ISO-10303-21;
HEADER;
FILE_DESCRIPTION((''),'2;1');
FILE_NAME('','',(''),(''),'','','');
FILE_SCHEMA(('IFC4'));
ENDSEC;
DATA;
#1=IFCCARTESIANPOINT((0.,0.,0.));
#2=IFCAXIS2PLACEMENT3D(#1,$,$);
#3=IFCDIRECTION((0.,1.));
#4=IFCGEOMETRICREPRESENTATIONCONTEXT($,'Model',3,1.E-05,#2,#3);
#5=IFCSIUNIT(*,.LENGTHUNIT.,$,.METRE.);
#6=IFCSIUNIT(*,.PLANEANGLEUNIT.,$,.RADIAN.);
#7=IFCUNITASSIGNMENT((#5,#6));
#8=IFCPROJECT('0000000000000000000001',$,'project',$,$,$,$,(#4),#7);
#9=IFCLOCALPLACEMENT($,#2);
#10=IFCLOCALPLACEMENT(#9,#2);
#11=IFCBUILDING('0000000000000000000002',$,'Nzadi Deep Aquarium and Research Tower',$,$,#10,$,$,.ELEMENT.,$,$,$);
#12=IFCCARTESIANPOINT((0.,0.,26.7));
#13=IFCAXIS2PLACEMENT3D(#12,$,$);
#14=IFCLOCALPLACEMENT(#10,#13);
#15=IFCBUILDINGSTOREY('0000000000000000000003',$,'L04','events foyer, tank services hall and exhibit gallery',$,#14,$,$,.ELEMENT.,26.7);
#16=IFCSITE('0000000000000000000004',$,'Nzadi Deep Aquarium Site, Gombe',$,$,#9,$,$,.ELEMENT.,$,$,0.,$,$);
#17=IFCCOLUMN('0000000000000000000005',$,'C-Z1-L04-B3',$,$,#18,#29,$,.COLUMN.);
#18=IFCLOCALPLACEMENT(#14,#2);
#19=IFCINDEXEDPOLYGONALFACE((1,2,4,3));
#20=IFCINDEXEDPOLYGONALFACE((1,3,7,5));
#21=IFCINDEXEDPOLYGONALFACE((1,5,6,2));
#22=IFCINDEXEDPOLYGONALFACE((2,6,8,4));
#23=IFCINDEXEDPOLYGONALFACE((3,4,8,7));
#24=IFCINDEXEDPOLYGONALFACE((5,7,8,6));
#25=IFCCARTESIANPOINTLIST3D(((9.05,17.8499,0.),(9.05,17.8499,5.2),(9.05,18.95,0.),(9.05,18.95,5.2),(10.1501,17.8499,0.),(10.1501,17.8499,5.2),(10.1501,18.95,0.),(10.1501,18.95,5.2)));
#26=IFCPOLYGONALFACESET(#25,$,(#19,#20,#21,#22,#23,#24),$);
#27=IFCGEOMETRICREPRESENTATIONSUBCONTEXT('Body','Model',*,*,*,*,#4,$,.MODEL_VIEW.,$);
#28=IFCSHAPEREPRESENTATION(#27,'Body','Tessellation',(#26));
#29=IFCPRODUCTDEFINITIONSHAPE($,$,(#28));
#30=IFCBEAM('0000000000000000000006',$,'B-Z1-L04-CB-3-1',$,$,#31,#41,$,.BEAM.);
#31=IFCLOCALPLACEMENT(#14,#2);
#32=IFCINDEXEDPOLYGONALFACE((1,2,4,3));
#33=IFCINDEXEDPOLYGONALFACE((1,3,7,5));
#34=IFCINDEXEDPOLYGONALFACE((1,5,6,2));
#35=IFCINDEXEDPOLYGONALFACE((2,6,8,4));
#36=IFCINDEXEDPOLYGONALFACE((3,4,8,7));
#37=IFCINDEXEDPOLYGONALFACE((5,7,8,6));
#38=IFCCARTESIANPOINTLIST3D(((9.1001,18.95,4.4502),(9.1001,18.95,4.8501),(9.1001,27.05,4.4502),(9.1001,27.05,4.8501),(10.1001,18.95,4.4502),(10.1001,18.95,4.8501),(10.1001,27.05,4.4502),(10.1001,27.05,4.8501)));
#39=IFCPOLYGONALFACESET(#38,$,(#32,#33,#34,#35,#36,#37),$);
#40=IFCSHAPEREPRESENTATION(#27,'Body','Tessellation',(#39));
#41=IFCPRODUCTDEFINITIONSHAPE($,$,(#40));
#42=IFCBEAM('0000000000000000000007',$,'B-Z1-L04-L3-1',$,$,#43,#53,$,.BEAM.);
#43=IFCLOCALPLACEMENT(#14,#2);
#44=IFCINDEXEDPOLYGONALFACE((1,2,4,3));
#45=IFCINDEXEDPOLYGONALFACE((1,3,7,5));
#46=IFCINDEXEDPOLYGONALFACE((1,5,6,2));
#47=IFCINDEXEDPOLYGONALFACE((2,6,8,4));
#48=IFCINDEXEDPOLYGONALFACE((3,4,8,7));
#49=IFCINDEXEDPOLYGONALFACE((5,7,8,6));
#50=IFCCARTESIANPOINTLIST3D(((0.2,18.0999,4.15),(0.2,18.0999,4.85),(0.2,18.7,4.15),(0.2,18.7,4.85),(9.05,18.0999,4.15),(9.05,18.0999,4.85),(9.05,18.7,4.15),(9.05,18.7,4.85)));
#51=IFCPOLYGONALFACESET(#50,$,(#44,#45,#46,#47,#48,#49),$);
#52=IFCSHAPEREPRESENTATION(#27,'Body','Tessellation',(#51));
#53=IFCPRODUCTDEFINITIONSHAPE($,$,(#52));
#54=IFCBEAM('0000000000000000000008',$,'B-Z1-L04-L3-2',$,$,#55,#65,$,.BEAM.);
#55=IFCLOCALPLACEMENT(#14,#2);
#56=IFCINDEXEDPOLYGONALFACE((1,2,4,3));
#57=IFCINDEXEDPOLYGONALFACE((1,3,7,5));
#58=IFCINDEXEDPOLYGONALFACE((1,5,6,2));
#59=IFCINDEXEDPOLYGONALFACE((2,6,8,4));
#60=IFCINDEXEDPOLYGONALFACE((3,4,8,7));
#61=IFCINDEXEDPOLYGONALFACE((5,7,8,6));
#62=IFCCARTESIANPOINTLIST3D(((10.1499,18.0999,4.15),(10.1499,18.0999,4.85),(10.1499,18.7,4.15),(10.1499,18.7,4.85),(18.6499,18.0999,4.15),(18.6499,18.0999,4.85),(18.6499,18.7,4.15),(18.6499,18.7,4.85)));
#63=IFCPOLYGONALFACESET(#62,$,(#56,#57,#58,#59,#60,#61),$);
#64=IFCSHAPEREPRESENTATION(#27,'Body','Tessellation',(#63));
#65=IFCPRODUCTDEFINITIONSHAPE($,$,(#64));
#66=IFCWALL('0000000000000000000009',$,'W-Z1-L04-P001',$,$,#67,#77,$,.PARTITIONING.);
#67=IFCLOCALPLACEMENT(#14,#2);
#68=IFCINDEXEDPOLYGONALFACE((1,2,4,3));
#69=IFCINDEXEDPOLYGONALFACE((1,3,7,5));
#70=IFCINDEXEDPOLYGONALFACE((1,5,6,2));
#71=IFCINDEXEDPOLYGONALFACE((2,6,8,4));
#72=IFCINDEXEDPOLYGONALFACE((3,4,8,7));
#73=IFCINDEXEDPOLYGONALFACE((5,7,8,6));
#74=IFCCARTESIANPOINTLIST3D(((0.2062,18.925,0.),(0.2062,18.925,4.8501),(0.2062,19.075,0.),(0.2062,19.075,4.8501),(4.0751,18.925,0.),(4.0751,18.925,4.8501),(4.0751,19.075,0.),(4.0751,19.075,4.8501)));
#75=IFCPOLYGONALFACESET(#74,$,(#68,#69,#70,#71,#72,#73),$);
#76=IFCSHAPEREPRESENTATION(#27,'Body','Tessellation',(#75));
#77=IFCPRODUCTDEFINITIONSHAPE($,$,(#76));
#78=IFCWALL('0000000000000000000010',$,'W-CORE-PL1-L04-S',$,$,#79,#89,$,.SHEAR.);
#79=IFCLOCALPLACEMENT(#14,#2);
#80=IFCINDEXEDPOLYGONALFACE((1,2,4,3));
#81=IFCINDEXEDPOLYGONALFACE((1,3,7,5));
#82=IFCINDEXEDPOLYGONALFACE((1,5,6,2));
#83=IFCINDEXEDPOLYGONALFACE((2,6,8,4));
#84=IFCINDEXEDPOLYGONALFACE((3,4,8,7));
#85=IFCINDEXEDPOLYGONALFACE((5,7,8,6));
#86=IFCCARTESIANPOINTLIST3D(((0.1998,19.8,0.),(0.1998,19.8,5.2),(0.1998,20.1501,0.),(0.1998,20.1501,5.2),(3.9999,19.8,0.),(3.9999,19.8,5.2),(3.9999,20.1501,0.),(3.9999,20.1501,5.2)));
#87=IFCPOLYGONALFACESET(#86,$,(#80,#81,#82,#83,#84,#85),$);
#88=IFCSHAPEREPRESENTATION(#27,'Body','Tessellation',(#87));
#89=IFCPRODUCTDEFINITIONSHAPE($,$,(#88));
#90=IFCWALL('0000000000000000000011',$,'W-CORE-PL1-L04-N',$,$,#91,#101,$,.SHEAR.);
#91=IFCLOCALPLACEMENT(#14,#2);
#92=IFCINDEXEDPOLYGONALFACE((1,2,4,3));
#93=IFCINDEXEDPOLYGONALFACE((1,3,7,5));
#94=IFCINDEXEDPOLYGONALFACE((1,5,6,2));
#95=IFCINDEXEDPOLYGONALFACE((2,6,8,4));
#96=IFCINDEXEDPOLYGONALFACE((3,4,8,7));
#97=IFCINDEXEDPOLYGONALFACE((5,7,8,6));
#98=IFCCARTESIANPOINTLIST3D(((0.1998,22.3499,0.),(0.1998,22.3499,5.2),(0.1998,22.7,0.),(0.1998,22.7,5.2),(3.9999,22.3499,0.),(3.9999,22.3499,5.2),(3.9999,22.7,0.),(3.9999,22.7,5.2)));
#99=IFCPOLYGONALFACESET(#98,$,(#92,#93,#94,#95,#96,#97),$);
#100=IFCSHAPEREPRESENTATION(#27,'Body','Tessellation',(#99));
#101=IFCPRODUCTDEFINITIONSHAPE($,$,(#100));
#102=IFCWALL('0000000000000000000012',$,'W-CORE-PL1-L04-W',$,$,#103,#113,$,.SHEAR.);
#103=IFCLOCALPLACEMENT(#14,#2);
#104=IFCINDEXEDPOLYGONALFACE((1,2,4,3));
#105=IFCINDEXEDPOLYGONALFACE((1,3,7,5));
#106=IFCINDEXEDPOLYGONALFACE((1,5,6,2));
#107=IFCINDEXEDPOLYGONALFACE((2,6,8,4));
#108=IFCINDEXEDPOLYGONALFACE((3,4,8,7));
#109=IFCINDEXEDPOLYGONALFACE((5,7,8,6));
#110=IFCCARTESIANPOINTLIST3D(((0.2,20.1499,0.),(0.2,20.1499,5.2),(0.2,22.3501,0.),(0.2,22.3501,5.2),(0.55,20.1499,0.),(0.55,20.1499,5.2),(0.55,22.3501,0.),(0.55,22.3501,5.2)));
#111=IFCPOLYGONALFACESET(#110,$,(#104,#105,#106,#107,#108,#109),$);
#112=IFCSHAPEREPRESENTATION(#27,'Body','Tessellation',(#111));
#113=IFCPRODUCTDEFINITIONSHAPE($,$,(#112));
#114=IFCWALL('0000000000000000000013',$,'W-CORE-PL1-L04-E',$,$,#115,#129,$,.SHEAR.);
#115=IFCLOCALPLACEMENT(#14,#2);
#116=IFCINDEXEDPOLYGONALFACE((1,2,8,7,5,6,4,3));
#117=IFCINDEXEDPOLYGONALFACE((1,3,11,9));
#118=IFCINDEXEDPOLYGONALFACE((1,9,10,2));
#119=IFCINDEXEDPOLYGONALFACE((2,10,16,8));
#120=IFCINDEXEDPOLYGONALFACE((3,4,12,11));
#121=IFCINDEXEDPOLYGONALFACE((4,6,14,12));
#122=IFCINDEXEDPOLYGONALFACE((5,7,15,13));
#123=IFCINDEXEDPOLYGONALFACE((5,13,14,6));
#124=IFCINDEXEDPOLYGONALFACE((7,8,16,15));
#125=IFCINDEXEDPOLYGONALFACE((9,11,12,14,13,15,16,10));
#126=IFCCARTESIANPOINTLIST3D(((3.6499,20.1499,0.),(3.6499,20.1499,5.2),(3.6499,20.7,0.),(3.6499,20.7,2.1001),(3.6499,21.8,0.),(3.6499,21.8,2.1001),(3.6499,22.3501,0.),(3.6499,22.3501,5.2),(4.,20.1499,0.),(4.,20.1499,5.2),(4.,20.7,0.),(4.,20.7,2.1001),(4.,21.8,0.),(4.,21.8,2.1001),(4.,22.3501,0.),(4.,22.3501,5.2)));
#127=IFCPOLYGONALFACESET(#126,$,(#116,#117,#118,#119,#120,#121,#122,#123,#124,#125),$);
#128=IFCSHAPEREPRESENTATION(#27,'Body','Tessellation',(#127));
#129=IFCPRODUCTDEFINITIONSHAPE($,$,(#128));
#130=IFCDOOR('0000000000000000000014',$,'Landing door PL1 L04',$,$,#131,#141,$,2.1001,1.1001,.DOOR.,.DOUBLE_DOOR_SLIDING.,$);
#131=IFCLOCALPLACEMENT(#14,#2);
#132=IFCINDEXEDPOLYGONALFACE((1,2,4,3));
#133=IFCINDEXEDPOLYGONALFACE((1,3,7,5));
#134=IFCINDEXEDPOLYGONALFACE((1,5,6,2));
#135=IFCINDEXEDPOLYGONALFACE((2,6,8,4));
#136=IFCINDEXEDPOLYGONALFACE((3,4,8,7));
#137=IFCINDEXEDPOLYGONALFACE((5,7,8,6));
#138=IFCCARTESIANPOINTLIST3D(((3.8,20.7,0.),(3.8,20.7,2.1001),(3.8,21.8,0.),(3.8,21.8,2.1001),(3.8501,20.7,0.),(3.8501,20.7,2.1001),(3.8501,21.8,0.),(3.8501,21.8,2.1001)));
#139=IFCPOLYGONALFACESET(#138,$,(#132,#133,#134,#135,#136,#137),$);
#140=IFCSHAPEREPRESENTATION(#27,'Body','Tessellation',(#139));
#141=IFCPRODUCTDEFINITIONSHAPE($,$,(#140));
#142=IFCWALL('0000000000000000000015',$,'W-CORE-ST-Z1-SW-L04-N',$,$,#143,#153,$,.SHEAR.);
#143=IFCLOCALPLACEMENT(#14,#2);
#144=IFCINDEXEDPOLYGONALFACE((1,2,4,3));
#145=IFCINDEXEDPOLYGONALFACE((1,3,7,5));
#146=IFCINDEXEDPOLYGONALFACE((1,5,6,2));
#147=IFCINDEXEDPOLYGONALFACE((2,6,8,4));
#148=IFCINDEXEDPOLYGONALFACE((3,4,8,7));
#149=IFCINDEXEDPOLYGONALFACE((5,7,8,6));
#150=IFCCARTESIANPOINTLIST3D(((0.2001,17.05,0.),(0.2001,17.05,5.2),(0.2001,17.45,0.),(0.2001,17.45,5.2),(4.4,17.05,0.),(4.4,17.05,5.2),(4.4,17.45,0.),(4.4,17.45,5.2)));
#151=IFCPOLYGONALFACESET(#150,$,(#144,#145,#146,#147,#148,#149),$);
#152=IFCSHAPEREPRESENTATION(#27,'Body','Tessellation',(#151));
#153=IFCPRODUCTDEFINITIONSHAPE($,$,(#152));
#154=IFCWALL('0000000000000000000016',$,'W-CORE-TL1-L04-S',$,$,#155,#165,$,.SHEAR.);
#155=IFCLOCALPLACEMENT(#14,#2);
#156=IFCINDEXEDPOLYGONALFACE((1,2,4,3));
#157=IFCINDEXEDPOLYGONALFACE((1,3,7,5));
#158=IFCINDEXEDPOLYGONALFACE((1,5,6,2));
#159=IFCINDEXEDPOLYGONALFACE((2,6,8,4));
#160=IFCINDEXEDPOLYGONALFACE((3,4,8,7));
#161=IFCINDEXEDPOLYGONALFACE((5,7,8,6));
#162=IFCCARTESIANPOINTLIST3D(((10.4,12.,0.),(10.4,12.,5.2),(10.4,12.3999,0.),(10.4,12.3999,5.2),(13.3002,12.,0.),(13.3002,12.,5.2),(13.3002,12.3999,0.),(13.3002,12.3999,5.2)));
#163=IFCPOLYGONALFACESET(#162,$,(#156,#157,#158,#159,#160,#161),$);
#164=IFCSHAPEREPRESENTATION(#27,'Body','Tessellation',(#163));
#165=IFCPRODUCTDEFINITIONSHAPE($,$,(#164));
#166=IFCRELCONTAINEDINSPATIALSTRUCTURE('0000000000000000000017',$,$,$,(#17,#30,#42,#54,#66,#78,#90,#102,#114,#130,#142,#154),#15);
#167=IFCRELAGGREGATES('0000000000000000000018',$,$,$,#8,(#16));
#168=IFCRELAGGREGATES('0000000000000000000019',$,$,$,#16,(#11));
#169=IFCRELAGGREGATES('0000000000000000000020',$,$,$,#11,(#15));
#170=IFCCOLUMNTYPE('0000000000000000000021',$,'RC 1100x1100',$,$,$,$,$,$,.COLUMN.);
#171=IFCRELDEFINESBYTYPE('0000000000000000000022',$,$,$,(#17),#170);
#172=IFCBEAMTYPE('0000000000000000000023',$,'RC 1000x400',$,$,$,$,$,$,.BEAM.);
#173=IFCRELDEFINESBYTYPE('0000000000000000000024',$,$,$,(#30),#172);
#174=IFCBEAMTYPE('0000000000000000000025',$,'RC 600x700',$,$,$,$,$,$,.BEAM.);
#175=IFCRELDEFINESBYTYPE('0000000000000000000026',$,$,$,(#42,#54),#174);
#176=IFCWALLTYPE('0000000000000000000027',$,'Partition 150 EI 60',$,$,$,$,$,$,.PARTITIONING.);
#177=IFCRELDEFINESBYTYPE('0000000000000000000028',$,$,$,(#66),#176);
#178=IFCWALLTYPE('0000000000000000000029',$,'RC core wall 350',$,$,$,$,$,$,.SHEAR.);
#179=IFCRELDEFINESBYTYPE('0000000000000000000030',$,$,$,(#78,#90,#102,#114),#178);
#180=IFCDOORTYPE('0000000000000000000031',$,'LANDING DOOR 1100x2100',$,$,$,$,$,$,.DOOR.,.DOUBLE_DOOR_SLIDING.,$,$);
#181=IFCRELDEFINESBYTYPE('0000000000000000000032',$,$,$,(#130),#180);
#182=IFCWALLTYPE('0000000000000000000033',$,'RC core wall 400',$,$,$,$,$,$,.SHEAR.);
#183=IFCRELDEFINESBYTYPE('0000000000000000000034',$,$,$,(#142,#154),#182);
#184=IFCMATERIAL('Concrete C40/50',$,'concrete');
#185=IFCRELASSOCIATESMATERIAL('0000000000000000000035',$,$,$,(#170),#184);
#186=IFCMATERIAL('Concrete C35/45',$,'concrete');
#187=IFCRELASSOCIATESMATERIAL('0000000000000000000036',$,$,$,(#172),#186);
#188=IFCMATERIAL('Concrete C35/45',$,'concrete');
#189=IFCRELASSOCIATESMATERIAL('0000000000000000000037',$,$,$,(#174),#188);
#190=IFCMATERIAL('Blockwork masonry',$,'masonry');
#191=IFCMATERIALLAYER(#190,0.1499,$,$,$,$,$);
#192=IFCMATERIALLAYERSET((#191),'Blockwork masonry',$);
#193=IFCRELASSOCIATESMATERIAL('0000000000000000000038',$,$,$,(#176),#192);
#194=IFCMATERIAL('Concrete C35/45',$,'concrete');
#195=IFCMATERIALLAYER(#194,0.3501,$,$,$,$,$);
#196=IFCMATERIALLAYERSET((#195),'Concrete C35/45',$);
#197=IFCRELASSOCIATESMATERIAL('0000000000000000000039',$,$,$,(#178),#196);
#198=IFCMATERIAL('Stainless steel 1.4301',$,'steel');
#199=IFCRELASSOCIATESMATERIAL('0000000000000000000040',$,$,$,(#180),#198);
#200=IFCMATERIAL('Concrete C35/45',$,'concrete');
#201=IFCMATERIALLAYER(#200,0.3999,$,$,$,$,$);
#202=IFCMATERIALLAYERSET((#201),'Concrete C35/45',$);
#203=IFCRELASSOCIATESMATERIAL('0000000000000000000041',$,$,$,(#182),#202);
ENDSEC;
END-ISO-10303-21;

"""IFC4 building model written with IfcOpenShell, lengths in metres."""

from ifc_helpers import new_model, si_unit, direction, frame, frame_2d, origin, origin_2d, place, context, subcontext, project, spatial, rectangle, extrude, material, layer, layer_set, material_profile, profile_set, type_object, element, fill, save


model = new_model("IFC4")

# Units and contexts
model_context = context("Model", 3, precision=1e-05, world=origin(), true_north=direction((0.0, 1.0)))
body_context = subcontext(model_context, "Body", "Model", "MODEL_VIEW")
ifc_project = project(units=[si_unit("LENGTHUNIT", "METRE"), si_unit("PLANEANGLEUNIT", "RADIAN")], contexts=[model_context])

# Site, building, storey
site_placement = place(None, origin())
site = spatial("IfcSite", under=ifc_project, at=site_placement, Name="Nzadi Deep Aquarium Site, Gombe", CompositionType="ELEMENT", RefElevation=0.0)
building_placement = place(site_placement, origin())
building = spatial("IfcBuilding", under=site, at=building_placement, Name="Nzadi Deep Aquarium and Research Tower", CompositionType="ELEMENT")
storey_placement = place(building_placement, frame((0.0, 0.0, 26.7)))
storey = spatial("IfcBuildingStorey", under=building, at=storey_placement, Name="L04", Description="events foyer, tank services hall and exhibit gallery", CompositionType="ELEMENT", Elevation=26.7)

# Column
ifc_material_1 = material(Name="Concrete C40/50", Category="concrete")
ifc_material_profile_1 = material_profile(ifc_material_1, rectangle(XDim=1.1001, YDim=1.1001, at=origin_2d()))
ifc_profile_set_1 = profile_set([ifc_material_profile_1], Name="Concrete C40/50")
column_type = type_object("IfcColumnType", Name="RC 1100x1100", PredefinedType="COLUMN", material=ifc_profile_set_1)
column_placement = place(storey_placement, frame((9.6001, 18.3999, 0.0), z_axis=(0.0, 0.0, 1.0), x_axis=(1.0, 0.0, 0.0)))
element("IfcColumn", 1, at=column_placement, inside=storey, type_object=column_type, Name="C-Z1-L04-B3", PredefinedType="COLUMN", context=body_context, shape_type="SweptSolid", body=[
    extrude(rectangle(XDim=1.1001, YDim=1.1001, at=origin_2d()), origin(), (0.0, 0.0, 1.0), 5.2),
])

# Beams
ifc_material_2 = material(Name="Concrete C35/45", Category="concrete")
ifc_material_profile_2 = material_profile(ifc_material_2, rectangle(XDim=1.0, YDim=0.3999, at=origin_2d()))
ifc_profile_set_2 = profile_set([ifc_material_profile_2], Name="Concrete C35/45")
beam_type_1 = type_object("IfcBeamType", Name="RC 1000x400", PredefinedType="BEAM", material=ifc_profile_set_2)
beam_1_placement = place(storey_placement, frame((9.6001, 18.95, 4.6501), z_axis=(0.0, 1.0, 0.0), x_axis=(-1.0, 0.0, 0.0)))
element("IfcBeam", 2, at=beam_1_placement, inside=storey, type_object=beam_type_1, Name="B-Z1-L04-CB-3-1", PredefinedType="BEAM", context=body_context, shape_type="SweptSolid", body=[
    extrude(rectangle(XDim=1.0, YDim=0.3999, at=origin_2d()), origin(), (0.0, 0.0, 1.0), 8.1001),
])
ifc_material_3 = material(Name="Concrete C35/45", Category="concrete")
ifc_material_profile_3 = material_profile(ifc_material_3, rectangle(XDim=0.6001, YDim=0.7, at=origin_2d()))
ifc_profile_set_3 = profile_set([ifc_material_profile_3], Name="Concrete C35/45")
beam_type_2 = type_object("IfcBeamType", Name="RC 600x700", PredefinedType="BEAM", material=ifc_profile_set_3)
beam_2_placement = place(storey_placement, frame((0.2, 18.3999, 4.5), z_axis=(1.0, 0.0, 0.0), x_axis=(0.0, 1.0, 0.0)))
element("IfcBeam", 3, at=beam_2_placement, inside=storey, type_object=beam_type_2, Name="B-Z1-L04-L3-1", PredefinedType="BEAM", context=body_context, shape_type="SweptSolid", body=[
    extrude(rectangle(XDim=0.6001, YDim=0.7, at=origin_2d()), origin(), (0.0, 0.0, 1.0), 8.8501),
])
beam_3_placement = place(storey_placement, frame((10.1499, 18.3999, 4.5), z_axis=(1.0, 0.0, 0.0), x_axis=(0.0, 1.0, 0.0)))
element("IfcBeam", 4, at=beam_3_placement, inside=storey, type_object=beam_type_2, Name="B-Z1-L04-L3-2", PredefinedType="BEAM", context=body_context, shape_type="SweptSolid", body=[
    extrude(rectangle(XDim=0.6001, YDim=0.7, at=origin_2d()), origin(), (0.0, 0.0, 1.0), 8.5),
])

# Walls
ifc_material_4 = material(Name="Blockwork masonry", Category="masonry")
ifc_layer_1 = layer(ifc_material_4, 0.1499)
ifc_layer_set_1 = layer_set([ifc_layer_1], Name="Blockwork masonry")
wall_type_1 = type_object("IfcWallType", Name="Partition 150 EI 60", PredefinedType="PARTITIONING", material=ifc_layer_set_1)
wall_1_placement = place(storey_placement, frame((0.2061, 19.0, 0.0), z_axis=(0.0, 0.0, 1.0), x_axis=(1.0, 0.0, 0.0)))
element("IfcWall", 5, at=wall_1_placement, inside=storey, type_object=wall_type_1, Name="W-Z1-L04-P001", PredefinedType="PARTITIONING", context=body_context, shape_type="SweptSolid", body=[
    extrude(rectangle(XDim=3.8689, YDim=0.1499, at=frame_2d((1.9346, 0.0))), origin(), (0.0, 0.0, 1.0), 4.8501),
])
ifc_material_5 = material(Name="Concrete C35/45", Category="concrete")
ifc_layer_2 = layer(ifc_material_5, 0.3501)
ifc_layer_set_2 = layer_set([ifc_layer_2], Name="Concrete C35/45")
wall_type_2 = type_object("IfcWallType", Name="RC core wall 350", PredefinedType="SHEAR", material=ifc_layer_set_2)
for number, where, z_axis, x_axis, name in (
    (6, (0.2, 19.9751, 0.0), (0.0, 0.0, 1.0), (1.0, 0.0, 0.0), "W-CORE-PL1-L04-S"),
    (7, (0.2, 22.5249, 0.0), (0.0, 0.0, 1.0), (1.0, 0.0, 0.0), "W-CORE-PL1-L04-N"),
):
    element("IfcWall", number, at=place(storey_placement, frame(where, z_axis=z_axis, x_axis=x_axis)), inside=storey, type_object=wall_type_2, Name=name, PredefinedType="SHEAR", context=body_context, shape_type="SweptSolid", body=[
        extrude(rectangle(XDim=3.8, YDim=0.3501, at=frame_2d((1.8999, 0.0))), origin(), (0.0, 0.0, 1.0), 5.2),
    ])
wall_2_placement = place(storey_placement, frame((0.375, 20.1499, 0.0), z_axis=(0.0, 0.0, 1.0), x_axis=(0.0, 1.0, 0.0)))
element("IfcWall", 8, at=wall_2_placement, inside=storey, type_object=wall_type_2, Name="W-CORE-PL1-L04-W", PredefinedType="SHEAR", context=body_context, shape_type="SweptSolid", body=[
    extrude(rectangle(XDim=2.2002, YDim=0.3501, at=frame_2d((1.1001, 0.0))), origin(), (0.0, 0.0, 1.0), 5.2),
])

# Wall, opening, door
wall_3_placement = place(storey_placement, frame((3.825, 20.1499, 0.0), z_axis=(0.0, 0.0, 1.0), x_axis=(0.0, 1.0, 0.0)))
wall_3 = element("IfcWall", 9, at=wall_3_placement, inside=storey, type_object=wall_type_2, Name="W-CORE-PL1-L04-E", PredefinedType="SHEAR", context=body_context, shape_type="SweptSolid", body=[
    extrude(rectangle(XDim=2.2002, YDim=0.3501, at=frame_2d((1.1001, 0.0))), origin(), (0.0, 0.0, 1.0), 5.2),
])
opening_1_placement = place(wall_3_placement, frame((0.55, 0.0, 0.0)))
opening_1 = element("IfcOpeningElement", 10, at=opening_1_placement, cuts=wall_3, PredefinedType="OPENING", context=body_context, shape_type="SweptSolid", body=[
    extrude(rectangle(XDim=1.1001, YDim=2.1001, at=frame_2d((0.55, 1.05))), frame((0.0, 0.1851, 0.0), z_axis=(0.0, -1.0, 0.0), x_axis=(1.0, 0.0, 0.0)), (0.0, 0.0, 1.0), 0.3701),
])
ifc_material_6 = material(Name="Stainless steel 1.4301", Category="steel")
door_type = type_object("IfcDoorType", Name="LANDING DOOR 1100x2100", OperationType="DOUBLE_DOOR_SLIDING", PredefinedType="DOOR", material=ifc_material_6)
door_1_placement = place(opening_1_placement, origin())
door_1 = element("IfcDoor", 11, at=door_1_placement, inside=storey, type_object=door_type, Name="Landing door PL1 L04", OperationType="DOUBLE_DOOR_SLIDING", OverallHeight=2.1001, OverallWidth=1.1001, PredefinedType="DOOR", context=body_context, shape_type="SweptSolid", body=[
    extrude(rectangle(XDim=1.1001, YDim=2.1001, at=frame_2d((0.55, 1.05))), frame((0.0, 0.0249, 0.0), z_axis=(0.0, -1.0, 0.0), x_axis=(1.0, 0.0, 0.0)), (0.0, 0.0, 1.0), 0.05),
])
fill(opening_1, door_1)

# Walls
ifc_material_7 = material(Name="Concrete C35/45", Category="concrete")
ifc_layer_3 = layer(ifc_material_7, 0.3999)
ifc_layer_set_3 = layer_set([ifc_layer_3], Name="Concrete C35/45")
wall_type_3 = type_object("IfcWallType", Name="RC core wall 400", PredefinedType="SHEAR", material=ifc_layer_set_3)
wall_4_placement = place(storey_placement, frame((0.2, 17.25, 0.0), z_axis=(0.0, 0.0, 1.0), x_axis=(1.0, 0.0, 0.0)))
element("IfcWall", 12, at=wall_4_placement, inside=storey, type_object=wall_type_3, Name="W-CORE-ST-Z1-SW-L04-N", PredefinedType="SHEAR", context=body_context, shape_type="SweptSolid", body=[
    extrude(rectangle(XDim=4.2, YDim=0.3999, at=frame_2d((2.1001, 0.0))), origin(), (0.0, 0.0, 1.0), 5.2),
])
wall_5_placement = place(storey_placement, frame((10.3999, 12.2, 0.0), z_axis=(0.0, 0.0, 1.0), x_axis=(1.0, 0.0, 0.0)))
element("IfcWall", 13, at=wall_5_placement, inside=storey, type_object=wall_type_3, Name="W-CORE-TL1-L04-S", PredefinedType="SHEAR", context=body_context, shape_type="SweptSolid", body=[
    extrude(rectangle(XDim=2.9001, YDim=0.3999, at=frame_2d((1.4502, 0.0))), origin(), (0.0, 0.0, 1.0), 5.2),
])

save(model, "model.ifc")
